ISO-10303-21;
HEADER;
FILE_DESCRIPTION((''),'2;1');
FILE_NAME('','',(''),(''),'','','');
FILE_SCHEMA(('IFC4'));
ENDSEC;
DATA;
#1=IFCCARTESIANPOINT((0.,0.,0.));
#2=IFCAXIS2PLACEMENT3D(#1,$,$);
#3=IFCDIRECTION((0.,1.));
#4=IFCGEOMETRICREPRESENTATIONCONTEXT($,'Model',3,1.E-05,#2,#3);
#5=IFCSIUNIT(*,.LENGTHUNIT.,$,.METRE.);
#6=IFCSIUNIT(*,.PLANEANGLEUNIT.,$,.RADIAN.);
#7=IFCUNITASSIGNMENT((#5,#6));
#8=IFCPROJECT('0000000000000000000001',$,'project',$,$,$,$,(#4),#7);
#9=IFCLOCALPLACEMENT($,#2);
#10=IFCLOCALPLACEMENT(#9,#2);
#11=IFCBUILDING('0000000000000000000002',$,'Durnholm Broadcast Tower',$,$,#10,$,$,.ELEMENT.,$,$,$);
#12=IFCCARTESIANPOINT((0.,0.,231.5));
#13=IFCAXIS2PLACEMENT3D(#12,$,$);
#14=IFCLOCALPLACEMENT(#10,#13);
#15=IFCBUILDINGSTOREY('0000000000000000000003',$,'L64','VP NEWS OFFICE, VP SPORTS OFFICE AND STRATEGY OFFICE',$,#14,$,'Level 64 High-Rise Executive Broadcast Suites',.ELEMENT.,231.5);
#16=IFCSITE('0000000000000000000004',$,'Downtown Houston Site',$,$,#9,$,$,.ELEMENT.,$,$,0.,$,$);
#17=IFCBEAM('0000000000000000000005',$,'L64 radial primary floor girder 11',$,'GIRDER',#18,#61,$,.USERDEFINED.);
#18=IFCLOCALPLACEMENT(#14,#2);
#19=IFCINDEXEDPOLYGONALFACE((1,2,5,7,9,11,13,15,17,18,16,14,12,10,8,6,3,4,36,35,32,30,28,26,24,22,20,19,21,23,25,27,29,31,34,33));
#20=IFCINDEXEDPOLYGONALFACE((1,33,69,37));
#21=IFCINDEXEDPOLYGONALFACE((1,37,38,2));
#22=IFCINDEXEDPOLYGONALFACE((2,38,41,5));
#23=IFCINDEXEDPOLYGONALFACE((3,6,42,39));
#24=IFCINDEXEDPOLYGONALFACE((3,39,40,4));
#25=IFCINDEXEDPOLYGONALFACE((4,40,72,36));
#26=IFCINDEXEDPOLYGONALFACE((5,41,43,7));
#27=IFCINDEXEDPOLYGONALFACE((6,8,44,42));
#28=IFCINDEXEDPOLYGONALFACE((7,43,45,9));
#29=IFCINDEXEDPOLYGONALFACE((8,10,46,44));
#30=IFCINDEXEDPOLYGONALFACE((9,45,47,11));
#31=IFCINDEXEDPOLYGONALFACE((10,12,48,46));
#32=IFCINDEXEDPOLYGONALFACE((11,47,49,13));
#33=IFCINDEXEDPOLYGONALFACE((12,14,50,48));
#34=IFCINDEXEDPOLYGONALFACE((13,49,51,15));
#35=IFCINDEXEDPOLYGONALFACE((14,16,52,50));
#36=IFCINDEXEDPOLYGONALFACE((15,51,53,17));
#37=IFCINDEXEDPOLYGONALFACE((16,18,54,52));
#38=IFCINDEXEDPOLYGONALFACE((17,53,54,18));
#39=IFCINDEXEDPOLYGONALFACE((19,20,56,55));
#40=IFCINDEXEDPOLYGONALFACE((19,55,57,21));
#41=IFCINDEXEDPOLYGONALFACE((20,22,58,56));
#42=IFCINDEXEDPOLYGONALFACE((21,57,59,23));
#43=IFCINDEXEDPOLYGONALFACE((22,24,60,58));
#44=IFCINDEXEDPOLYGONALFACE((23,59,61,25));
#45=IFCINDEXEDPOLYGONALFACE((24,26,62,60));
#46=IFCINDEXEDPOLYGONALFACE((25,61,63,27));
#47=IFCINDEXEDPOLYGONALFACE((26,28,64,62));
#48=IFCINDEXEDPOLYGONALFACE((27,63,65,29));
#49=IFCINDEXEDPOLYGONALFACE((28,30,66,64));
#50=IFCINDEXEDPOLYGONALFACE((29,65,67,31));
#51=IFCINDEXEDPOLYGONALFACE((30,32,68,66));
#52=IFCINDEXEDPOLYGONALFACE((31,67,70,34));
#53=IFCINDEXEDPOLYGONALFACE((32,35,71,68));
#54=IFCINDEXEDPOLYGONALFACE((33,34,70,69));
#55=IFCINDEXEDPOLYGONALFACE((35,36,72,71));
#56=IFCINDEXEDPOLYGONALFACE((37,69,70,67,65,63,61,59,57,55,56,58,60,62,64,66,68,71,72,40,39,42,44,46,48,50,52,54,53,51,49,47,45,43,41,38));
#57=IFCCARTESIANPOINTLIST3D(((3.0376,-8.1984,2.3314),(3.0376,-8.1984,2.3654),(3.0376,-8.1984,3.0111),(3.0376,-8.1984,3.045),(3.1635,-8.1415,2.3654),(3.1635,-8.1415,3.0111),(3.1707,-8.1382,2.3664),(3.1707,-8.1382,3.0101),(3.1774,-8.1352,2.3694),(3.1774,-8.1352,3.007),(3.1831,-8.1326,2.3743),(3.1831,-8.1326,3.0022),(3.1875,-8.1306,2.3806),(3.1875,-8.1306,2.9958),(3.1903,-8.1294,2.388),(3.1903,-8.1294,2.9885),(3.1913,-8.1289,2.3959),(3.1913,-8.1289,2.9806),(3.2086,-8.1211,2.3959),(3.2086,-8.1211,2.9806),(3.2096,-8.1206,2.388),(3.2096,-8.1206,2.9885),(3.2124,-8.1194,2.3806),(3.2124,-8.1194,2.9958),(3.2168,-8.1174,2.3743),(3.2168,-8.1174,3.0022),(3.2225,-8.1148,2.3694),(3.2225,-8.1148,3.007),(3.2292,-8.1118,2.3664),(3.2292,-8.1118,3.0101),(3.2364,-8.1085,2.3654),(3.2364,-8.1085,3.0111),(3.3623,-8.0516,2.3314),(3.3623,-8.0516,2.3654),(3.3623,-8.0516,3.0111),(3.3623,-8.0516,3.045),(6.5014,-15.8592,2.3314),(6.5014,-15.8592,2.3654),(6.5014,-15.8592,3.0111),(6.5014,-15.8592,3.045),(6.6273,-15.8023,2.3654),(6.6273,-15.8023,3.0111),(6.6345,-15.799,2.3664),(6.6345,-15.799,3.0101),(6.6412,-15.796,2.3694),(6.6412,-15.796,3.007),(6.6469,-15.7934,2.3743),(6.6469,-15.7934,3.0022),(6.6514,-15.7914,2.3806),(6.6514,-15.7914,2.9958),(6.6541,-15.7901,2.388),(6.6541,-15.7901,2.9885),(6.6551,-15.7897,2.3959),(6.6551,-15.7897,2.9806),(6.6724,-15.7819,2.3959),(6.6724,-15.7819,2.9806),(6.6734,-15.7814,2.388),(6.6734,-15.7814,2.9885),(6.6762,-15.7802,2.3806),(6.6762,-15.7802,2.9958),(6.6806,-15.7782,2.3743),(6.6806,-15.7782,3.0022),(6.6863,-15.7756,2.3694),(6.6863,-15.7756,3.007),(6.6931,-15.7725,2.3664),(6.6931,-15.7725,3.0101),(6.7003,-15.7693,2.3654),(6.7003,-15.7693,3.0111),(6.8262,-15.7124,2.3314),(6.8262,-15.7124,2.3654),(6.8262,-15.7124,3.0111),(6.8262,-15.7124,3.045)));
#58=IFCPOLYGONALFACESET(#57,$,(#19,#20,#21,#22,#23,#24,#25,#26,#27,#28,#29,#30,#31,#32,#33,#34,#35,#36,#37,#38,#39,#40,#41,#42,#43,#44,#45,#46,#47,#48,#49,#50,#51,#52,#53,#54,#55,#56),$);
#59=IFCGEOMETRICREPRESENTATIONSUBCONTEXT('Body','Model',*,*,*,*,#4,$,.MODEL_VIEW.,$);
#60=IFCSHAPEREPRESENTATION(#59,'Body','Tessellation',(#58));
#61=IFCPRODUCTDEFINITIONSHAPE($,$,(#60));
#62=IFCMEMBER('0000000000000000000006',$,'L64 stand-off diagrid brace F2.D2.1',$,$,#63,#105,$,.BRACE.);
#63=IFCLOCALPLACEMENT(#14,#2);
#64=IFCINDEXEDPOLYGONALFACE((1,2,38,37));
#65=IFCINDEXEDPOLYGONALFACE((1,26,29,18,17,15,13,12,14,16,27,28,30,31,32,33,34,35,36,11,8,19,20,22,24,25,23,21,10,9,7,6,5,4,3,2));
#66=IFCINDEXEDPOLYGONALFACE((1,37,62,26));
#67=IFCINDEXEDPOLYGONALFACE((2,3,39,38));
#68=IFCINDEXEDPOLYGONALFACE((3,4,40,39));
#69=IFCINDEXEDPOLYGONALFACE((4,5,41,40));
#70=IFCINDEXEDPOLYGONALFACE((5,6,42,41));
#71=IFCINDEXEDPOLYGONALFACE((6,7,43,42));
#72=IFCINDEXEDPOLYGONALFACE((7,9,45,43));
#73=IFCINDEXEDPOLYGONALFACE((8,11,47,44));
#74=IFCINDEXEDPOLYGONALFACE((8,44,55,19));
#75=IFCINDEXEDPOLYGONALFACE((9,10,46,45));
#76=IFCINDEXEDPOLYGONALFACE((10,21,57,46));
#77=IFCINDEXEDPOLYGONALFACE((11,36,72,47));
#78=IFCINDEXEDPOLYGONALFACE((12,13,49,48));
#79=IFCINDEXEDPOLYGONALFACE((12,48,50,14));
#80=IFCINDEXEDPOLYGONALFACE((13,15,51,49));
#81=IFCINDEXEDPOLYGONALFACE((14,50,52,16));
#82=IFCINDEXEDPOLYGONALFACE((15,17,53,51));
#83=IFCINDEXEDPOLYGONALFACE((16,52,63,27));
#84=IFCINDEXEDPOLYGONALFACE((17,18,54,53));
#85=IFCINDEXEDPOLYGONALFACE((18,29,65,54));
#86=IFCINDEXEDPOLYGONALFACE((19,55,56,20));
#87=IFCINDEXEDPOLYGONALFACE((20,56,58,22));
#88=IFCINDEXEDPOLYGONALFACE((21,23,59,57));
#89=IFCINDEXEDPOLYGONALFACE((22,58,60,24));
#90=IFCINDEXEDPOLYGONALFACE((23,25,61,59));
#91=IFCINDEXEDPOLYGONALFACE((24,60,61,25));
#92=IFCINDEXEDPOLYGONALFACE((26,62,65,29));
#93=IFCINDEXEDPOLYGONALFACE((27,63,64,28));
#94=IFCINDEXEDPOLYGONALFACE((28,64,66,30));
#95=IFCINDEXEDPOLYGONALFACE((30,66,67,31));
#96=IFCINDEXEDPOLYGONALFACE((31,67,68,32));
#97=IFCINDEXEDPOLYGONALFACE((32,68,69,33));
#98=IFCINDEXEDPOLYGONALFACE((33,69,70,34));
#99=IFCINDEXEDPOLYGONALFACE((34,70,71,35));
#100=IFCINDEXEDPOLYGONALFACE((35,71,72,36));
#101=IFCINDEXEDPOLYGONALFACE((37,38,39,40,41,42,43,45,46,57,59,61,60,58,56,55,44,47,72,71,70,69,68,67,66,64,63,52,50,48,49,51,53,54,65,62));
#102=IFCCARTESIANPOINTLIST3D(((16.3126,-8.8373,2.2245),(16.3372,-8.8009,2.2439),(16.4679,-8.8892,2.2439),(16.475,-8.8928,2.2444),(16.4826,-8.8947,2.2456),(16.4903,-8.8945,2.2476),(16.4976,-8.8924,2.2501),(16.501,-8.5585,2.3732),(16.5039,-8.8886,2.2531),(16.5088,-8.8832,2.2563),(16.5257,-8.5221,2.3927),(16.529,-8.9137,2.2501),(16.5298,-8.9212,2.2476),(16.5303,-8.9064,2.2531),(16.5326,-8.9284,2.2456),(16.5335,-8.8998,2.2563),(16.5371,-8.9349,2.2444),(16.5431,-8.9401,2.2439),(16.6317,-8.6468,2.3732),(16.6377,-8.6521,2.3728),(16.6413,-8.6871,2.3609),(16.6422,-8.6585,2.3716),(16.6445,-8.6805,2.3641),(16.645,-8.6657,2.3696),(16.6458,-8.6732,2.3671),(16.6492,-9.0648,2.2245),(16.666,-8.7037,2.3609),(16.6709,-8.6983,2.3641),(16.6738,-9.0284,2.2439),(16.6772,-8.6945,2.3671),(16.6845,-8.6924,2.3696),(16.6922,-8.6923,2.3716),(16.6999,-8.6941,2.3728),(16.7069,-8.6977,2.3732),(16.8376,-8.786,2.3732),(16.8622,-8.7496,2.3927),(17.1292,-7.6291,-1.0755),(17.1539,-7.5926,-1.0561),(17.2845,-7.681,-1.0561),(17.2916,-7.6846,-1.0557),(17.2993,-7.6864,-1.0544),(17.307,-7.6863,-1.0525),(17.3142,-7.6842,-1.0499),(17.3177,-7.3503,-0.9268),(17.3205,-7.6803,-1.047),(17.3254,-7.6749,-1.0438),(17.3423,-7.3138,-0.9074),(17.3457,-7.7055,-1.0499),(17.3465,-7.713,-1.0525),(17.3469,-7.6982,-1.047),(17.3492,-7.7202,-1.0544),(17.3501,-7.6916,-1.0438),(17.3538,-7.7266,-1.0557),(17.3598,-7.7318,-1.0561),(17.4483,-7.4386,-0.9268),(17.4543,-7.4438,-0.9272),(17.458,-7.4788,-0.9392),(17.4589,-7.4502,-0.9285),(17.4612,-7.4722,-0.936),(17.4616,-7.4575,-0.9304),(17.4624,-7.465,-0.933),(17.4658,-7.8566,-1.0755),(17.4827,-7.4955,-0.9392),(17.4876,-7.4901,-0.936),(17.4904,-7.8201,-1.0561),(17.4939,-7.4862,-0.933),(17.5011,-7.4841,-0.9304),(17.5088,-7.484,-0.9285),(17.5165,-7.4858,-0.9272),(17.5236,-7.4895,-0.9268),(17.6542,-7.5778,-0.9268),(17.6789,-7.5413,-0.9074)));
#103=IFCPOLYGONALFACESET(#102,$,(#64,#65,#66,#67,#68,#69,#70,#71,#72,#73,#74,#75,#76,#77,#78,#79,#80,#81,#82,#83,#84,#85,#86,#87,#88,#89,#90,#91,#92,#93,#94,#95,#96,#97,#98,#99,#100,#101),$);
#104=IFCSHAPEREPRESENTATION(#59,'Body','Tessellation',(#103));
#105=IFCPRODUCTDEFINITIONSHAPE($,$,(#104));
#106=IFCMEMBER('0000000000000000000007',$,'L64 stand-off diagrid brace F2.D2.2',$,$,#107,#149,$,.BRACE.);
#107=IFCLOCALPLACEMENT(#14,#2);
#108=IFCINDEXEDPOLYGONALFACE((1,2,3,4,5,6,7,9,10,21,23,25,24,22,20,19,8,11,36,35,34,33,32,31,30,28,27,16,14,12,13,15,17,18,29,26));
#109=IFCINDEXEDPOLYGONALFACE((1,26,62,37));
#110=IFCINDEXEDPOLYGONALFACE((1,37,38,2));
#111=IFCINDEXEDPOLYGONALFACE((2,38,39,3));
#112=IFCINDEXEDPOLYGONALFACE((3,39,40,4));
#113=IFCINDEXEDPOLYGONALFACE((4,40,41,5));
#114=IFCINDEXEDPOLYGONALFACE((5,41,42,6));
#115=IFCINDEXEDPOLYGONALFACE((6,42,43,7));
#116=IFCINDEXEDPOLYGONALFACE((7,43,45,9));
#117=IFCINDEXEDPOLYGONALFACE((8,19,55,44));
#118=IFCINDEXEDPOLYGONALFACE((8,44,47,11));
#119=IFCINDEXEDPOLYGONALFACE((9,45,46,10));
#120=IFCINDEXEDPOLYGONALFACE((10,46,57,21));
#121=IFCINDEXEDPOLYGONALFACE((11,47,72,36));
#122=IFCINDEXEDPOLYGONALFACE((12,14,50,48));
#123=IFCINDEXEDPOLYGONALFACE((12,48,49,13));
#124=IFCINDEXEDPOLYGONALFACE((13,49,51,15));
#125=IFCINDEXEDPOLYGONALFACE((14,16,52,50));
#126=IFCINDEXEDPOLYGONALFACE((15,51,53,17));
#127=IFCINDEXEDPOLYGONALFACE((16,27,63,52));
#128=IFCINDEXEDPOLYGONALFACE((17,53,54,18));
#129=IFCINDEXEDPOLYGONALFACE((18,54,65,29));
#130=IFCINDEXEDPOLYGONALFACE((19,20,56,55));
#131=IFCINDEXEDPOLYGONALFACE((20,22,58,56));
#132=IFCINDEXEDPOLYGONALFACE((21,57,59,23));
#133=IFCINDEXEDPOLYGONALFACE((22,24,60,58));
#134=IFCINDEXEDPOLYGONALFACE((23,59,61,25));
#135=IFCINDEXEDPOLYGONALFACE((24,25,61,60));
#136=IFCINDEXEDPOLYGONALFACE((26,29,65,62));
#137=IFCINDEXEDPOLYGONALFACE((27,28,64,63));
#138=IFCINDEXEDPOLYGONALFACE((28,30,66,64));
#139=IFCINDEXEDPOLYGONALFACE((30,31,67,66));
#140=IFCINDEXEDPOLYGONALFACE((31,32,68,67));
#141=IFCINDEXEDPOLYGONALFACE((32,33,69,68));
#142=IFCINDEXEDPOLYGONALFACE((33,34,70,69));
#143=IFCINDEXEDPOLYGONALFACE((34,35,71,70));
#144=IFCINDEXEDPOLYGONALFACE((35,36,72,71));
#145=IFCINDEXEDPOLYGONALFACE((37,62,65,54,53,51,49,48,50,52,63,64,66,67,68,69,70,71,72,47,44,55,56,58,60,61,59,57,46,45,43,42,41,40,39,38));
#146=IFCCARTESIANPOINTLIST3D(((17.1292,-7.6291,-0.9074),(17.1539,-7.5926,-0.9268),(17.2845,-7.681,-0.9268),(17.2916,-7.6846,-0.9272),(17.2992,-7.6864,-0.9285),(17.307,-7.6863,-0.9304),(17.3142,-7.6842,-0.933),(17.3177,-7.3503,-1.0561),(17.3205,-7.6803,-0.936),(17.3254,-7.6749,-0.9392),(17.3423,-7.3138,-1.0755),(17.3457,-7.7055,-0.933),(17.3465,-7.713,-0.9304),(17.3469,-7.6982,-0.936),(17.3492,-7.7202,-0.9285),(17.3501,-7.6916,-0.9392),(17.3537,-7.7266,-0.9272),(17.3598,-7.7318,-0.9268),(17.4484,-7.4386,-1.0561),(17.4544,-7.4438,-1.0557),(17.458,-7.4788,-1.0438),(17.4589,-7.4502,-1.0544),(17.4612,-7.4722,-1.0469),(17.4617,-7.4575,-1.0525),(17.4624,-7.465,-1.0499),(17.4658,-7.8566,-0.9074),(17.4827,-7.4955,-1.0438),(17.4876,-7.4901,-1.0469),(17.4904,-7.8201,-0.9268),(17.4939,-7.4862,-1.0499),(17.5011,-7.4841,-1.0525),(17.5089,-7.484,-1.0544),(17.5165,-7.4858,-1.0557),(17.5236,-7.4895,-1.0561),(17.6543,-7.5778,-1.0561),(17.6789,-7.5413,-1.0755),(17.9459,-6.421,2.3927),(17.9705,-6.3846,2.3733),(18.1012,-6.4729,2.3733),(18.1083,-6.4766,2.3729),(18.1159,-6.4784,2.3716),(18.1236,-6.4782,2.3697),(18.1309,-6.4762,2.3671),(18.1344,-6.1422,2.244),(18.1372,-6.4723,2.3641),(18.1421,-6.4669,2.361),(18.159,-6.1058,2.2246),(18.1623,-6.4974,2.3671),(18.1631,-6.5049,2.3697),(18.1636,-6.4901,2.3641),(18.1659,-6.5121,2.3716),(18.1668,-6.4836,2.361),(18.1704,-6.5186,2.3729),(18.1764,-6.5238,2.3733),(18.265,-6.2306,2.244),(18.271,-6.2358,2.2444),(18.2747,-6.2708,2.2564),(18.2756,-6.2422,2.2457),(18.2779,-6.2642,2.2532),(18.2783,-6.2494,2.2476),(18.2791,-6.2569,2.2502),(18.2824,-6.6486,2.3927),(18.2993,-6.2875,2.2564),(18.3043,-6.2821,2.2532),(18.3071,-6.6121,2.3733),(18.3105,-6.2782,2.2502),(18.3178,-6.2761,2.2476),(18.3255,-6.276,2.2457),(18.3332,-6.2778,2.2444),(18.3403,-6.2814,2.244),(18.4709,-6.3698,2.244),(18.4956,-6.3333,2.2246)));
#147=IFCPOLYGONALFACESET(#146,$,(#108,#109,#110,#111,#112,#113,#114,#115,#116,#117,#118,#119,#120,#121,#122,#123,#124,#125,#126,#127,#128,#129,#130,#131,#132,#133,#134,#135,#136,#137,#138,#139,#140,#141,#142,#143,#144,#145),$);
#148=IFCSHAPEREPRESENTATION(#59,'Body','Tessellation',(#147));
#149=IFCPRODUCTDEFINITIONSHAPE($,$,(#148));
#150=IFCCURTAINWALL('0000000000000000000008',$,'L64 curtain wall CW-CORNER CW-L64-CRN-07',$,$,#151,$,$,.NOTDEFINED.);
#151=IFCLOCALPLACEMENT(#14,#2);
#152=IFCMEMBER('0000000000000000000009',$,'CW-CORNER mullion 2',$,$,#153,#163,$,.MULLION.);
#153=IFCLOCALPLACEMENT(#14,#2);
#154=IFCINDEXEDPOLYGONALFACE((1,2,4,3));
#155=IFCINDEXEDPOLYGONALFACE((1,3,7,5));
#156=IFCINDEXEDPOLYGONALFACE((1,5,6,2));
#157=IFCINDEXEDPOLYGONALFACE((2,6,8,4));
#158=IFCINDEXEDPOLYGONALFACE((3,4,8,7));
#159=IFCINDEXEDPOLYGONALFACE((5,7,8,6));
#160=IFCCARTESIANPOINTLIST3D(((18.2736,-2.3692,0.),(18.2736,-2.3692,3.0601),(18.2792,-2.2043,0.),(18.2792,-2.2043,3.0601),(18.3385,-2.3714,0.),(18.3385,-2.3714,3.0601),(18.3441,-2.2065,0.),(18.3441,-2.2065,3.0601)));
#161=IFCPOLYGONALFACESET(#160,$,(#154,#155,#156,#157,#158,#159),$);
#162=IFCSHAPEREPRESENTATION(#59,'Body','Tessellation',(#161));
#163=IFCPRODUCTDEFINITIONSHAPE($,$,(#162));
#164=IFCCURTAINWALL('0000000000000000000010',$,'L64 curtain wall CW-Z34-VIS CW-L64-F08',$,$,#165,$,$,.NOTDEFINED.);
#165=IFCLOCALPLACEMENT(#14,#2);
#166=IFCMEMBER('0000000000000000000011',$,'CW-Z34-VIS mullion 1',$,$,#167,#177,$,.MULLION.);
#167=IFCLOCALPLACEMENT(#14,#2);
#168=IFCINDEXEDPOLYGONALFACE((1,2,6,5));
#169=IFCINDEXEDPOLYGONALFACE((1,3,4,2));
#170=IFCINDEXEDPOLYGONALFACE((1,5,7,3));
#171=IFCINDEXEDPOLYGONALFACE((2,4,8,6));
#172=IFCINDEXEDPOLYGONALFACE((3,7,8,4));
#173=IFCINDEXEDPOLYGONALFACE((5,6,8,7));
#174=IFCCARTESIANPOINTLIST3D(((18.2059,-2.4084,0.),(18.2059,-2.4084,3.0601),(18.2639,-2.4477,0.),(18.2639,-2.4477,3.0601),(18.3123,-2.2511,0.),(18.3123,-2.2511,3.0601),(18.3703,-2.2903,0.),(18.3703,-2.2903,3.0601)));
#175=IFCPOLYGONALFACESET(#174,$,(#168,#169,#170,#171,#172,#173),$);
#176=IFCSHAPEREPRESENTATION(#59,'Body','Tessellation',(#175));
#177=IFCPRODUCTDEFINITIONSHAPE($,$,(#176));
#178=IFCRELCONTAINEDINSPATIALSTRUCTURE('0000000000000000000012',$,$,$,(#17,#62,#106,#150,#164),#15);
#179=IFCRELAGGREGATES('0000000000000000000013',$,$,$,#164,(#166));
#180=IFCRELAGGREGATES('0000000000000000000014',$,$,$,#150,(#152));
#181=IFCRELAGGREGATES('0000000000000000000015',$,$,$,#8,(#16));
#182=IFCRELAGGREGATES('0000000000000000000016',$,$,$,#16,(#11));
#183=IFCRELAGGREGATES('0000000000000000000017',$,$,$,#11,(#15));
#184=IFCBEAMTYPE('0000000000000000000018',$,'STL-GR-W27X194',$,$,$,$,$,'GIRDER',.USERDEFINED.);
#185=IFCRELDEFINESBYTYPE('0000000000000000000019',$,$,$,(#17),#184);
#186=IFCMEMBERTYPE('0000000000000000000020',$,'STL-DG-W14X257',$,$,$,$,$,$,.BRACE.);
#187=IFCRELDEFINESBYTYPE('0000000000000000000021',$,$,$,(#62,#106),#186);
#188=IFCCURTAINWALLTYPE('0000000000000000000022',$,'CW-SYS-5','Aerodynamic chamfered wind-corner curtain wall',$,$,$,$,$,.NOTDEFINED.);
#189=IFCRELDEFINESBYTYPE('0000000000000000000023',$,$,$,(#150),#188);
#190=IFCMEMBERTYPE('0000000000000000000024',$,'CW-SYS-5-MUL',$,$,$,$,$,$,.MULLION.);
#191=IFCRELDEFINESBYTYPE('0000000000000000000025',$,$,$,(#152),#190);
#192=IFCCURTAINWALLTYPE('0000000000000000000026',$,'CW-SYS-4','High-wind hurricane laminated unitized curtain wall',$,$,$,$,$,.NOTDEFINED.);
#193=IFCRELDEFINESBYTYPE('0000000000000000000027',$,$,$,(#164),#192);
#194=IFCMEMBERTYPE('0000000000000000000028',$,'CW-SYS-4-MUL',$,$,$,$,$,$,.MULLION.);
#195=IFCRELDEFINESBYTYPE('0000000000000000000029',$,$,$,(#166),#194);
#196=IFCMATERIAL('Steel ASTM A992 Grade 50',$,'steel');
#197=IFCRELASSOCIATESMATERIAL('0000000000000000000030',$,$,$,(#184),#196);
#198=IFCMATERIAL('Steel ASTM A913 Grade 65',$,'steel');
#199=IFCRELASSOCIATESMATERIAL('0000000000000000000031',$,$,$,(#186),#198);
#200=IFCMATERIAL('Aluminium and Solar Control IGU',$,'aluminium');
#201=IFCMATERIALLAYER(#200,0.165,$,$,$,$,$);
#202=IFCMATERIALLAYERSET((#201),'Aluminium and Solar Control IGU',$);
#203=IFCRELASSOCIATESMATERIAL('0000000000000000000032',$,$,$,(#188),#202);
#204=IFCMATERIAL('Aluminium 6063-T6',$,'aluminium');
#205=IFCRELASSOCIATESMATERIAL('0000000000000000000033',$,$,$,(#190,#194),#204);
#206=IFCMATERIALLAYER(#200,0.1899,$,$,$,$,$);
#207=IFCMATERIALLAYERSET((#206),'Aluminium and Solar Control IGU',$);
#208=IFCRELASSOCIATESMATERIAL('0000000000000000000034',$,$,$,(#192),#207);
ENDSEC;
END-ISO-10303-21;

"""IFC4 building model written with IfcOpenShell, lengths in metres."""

from ifc_helpers import new_model, si_unit, direction, frame, origin, origin_2d, place, context, subcontext, project, spatial, rectangle, i_section, extrude, source, transform, mapped, material, layer, layer_set, material_profile, profile_set, type_object, type_shapes, element, aggregate, save


model = new_model("IFC4")

# Units and contexts
model_context = context("Model", 3, precision=1e-05, world=origin(), true_north=direction((0.0, 1.0)))
body_context = subcontext(model_context, "Body", "Model", "MODEL_VIEW")
ifc_project = project(units=[si_unit("LENGTHUNIT", "METRE"), si_unit("PLANEANGLEUNIT", "RADIAN")], contexts=[model_context])

# Site, building, storey
site_placement = place(None, origin())
site = spatial("IfcSite", under=ifc_project, at=site_placement, Name="Downtown Houston Site", CompositionType="ELEMENT", RefElevation=0.0)
building_placement = place(site_placement, origin())
building = spatial("IfcBuilding", under=site, at=building_placement, Name="Durnholm Broadcast Tower", CompositionType="ELEMENT")
storey_placement = place(building_placement, frame((0.0, 0.0, 231.5)))
storey = spatial("IfcBuildingStorey", under=building, at=storey_placement, Name="L64", Description="VP NEWS OFFICE, VP SPORTS OFFICE AND STRATEGY OFFICE", LongName="Level 64 High-Rise Executive Broadcast Suites", CompositionType="ELEMENT", Elevation=231.5)

# Beam
ifc_material_1 = material(Name="Steel ASTM A992 Grade 50", Category="steel")
ifc_material_profile_1 = material_profile(ifc_material_1, i_section(OverallWidth=0.3564, OverallDepth=0.7136, WebThickness=0.019, FlangeThickness=0.0339, FilletRadius=0.0305, at=origin_2d()), Name="W27X194")
ifc_profile_set_1 = profile_set([ifc_material_profile_1], Name="Steel ASTM A992 Grade 50")
beam_type_1 = type_object("IfcBeamType", Name="STL-GR-W27X194", ElementType="GIRDER", PredefinedType="USERDEFINED", material=ifc_profile_set_1)
shared_shape_1 = source(origin(), body_context, "Body", "SweptSolid", [
    extrude(i_section(OverallWidth=0.3564, OverallDepth=0.7136, WebThickness=0.019, FlangeThickness=0.0339, FilletRadius=0.0305, at=origin_2d()), origin(), (0.0, 0.0, 1.0), 8.4075),
])
beam_1_placement = place(storey_placement, frame((3.2, -8.125, 2.6882), z_axis=(0.411993, -0.911187, 0.0), x_axis=(0.911187, 0.411993, 0.0)))
element("IfcBeam", 1, at=beam_1_placement, inside=storey, type_object=beam_type_1, Name="L64 radial primary floor girder 11", ObjectType="GIRDER", PredefinedType="USERDEFINED", context=body_context, shape_type="MappedRepresentation", body=[
    mapped(shared_shape_1, transform((0.0, 0.0, 0.0), x_axis=(1.0, 0.0, 0.0), y_axis=(0.0, 1.0, 0.0), z_axis=(0.0, 0.0, 1.0), scale=1.0)),
])

# Members
ifc_material_2 = material(Name="Steel ASTM A913 Grade 65", Category="steel")
ifc_material_profile_2 = material_profile(ifc_material_2, i_section(OverallWidth=0.4062, OverallDepth=0.416, WebThickness=0.0298, FlangeThickness=0.0481, FilletRadius=0.0305, at=origin_2d()), Name="W14X257")
ifc_profile_set_2 = profile_set([ifc_material_profile_2], Name="Steel ASTM A913 Grade 65")
member_type_1 = type_object("IfcMemberType", Name="STL-DG-W14X257", PredefinedType="BRACE", material=ifc_profile_set_2)
shared_shape_2 = source(origin(), body_context, "Body", "SweptSolid", [
    extrude(i_section(OverallWidth=0.4062, OverallDepth=0.416, WebThickness=0.0298, FlangeThickness=0.0481, FilletRadius=0.0305, at=origin_2d()), origin(), (0.0, 0.0, 1.0), 3.6079),
])
type_shapes(member_type_1, [shared_shape_2])
for number, where, z_axis, x_axis, name in (
    (2, (17.4041, -7.5852, -0.9915), (-0.226349, -0.334888, 0.914667), (0.828505, -0.559982, 0.0), "L64 stand-off diagrid brace F2.D2.1"),
    (3, (17.4041, -7.5852, -0.9915), (0.226354, 0.334828, 0.914688), (-0.828452, 0.560059, 0.0), "L64 stand-off diagrid brace F2.D2.2"),
):
    element("IfcMember", number, at=place(storey_placement, frame(where, z_axis=z_axis, x_axis=x_axis)), inside=storey, type_object=member_type_1, Name=name, PredefinedType="BRACE", context=body_context, shape_type="MappedRepresentation", body=[
        mapped(shared_shape_2, transform((0.0, 0.0, 0.0), x_axis=(1.0, 0.0, 0.0), y_axis=(0.0, 1.0, 0.0), z_axis=(0.0, 0.0, 1.0), scale=1.0)),
    ])

# Curtain wall, member
ifc_material_3 = material(Name="Aluminium and Solar Control IGU", Category="aluminium")
ifc_layer_1 = layer(ifc_material_3, 0.165)
ifc_layer_set_1 = layer_set([ifc_layer_1], Name="Aluminium and Solar Control IGU")
curtain_wall_type_1 = type_object("IfcCurtainWallType", Name="CW-SYS-5", Description="Aerodynamic chamfered wind-corner curtain wall", PredefinedType="NOTDEFINED", material=ifc_layer_set_1)
curtain_wall_1_placement = place(storey_placement, origin())
curtain_wall_1 = element("IfcCurtainWall", 4, at=curtain_wall_1_placement, inside=storey, type_object=curtain_wall_type_1, Name="L64 curtain wall CW-CORNER CW-L64-CRN-07", PredefinedType="NOTDEFINED")
ifc_material_4 = material(Name="Aluminium 6063-T6", Category="aluminium")
ifc_material_profile_3 = material_profile(ifc_material_4, rectangle(XDim=0.0649, YDim=0.165, at=origin_2d()), Name="CWM65X165")
ifc_profile_set_3 = profile_set([ifc_material_profile_3], Name="Aluminium 6063-T6")
member_type_2 = type_object("IfcMemberType", Name="CW-SYS-5-MUL", PredefinedType="MULLION", material=ifc_profile_set_3)
shared_shape_3 = source(origin(), body_context, "Body", "SweptSolid", [
    extrude(rectangle(XDim=0.0649, YDim=0.165, at=origin_2d()), origin(), (0.0, 0.0, 1.0), 3.0601),
])
type_shapes(member_type_2, [shared_shape_3])
member_1_placement = place(storey_placement, frame((18.3088, -2.2878, 0.0), z_axis=(0.0, 0.0, 1.0), x_axis=(0.999411, -0.034318, 0.0)))
member_1 = element("IfcMember", 5, at=member_1_placement, type_object=member_type_2, Name="CW-CORNER mullion 2", PredefinedType="MULLION", context=body_context, shape_type="MappedRepresentation", body=[
    mapped(shared_shape_3, transform((0.0, 0.0, 0.0), x_axis=(1.0, 0.0, 0.0), y_axis=(0.0, 1.0, 0.0), z_axis=(0.0, 0.0, 1.0), scale=1.0)),
])

# Curtain wall, member
ifc_layer_2 = layer(ifc_material_3, 0.1899)
ifc_layer_set_2 = layer_set([ifc_layer_2], Name="Aluminium and Solar Control IGU")
curtain_wall_type_2 = type_object("IfcCurtainWallType", Name="CW-SYS-4", Description="High-wind hurricane laminated unitized curtain wall", PredefinedType="NOTDEFINED", material=ifc_layer_set_2)
curtain_wall_2_placement = place(storey_placement, origin())
curtain_wall_2 = element("IfcCurtainWall", 6, at=curtain_wall_2_placement, inside=storey, type_object=curtain_wall_type_2, Name="L64 curtain wall CW-Z34-VIS CW-L64-F08", PredefinedType="NOTDEFINED")
ifc_material_profile_4 = material_profile(ifc_material_4, rectangle(XDim=0.0701, YDim=0.1899, at=origin_2d()), Name="CWM70X190")
ifc_profile_set_4 = profile_set([ifc_material_profile_4], Name="Aluminium 6063-T6")
member_type_3 = type_object("IfcMemberType", Name="CW-SYS-4-MUL", PredefinedType="MULLION", material=ifc_profile_set_4)
shared_shape_4 = source(origin(), body_context, "Body", "SweptSolid", [
    extrude(rectangle(XDim=0.0701, YDim=0.1899, at=origin_2d()), origin(), (0.0, 0.0, 1.0), 3.0601),
])
type_shapes(member_type_3, [shared_shape_4])
member_2_placement = place(storey_placement, frame((18.2881, -2.3494, 0.0), z_axis=(0.0, 0.0, 1.0), x_axis=(0.828443, -0.560073, 0.0)))
member_2 = element("IfcMember", 7, at=member_2_placement, type_object=member_type_3, Name="CW-Z34-VIS mullion 1", PredefinedType="MULLION", context=body_context, shape_type="MappedRepresentation", body=[
    mapped(shared_shape_4, transform((0.0, 0.0, 0.0), x_axis=(1.0, 0.0, 0.0), y_axis=(0.0, 1.0, 0.0), z_axis=(0.0, 0.0, 1.0), scale=1.0)),
])
aggregate(curtain_wall_2, [member_2])

aggregate(curtain_wall_1, [member_1])

save(model, "model.ifc")
